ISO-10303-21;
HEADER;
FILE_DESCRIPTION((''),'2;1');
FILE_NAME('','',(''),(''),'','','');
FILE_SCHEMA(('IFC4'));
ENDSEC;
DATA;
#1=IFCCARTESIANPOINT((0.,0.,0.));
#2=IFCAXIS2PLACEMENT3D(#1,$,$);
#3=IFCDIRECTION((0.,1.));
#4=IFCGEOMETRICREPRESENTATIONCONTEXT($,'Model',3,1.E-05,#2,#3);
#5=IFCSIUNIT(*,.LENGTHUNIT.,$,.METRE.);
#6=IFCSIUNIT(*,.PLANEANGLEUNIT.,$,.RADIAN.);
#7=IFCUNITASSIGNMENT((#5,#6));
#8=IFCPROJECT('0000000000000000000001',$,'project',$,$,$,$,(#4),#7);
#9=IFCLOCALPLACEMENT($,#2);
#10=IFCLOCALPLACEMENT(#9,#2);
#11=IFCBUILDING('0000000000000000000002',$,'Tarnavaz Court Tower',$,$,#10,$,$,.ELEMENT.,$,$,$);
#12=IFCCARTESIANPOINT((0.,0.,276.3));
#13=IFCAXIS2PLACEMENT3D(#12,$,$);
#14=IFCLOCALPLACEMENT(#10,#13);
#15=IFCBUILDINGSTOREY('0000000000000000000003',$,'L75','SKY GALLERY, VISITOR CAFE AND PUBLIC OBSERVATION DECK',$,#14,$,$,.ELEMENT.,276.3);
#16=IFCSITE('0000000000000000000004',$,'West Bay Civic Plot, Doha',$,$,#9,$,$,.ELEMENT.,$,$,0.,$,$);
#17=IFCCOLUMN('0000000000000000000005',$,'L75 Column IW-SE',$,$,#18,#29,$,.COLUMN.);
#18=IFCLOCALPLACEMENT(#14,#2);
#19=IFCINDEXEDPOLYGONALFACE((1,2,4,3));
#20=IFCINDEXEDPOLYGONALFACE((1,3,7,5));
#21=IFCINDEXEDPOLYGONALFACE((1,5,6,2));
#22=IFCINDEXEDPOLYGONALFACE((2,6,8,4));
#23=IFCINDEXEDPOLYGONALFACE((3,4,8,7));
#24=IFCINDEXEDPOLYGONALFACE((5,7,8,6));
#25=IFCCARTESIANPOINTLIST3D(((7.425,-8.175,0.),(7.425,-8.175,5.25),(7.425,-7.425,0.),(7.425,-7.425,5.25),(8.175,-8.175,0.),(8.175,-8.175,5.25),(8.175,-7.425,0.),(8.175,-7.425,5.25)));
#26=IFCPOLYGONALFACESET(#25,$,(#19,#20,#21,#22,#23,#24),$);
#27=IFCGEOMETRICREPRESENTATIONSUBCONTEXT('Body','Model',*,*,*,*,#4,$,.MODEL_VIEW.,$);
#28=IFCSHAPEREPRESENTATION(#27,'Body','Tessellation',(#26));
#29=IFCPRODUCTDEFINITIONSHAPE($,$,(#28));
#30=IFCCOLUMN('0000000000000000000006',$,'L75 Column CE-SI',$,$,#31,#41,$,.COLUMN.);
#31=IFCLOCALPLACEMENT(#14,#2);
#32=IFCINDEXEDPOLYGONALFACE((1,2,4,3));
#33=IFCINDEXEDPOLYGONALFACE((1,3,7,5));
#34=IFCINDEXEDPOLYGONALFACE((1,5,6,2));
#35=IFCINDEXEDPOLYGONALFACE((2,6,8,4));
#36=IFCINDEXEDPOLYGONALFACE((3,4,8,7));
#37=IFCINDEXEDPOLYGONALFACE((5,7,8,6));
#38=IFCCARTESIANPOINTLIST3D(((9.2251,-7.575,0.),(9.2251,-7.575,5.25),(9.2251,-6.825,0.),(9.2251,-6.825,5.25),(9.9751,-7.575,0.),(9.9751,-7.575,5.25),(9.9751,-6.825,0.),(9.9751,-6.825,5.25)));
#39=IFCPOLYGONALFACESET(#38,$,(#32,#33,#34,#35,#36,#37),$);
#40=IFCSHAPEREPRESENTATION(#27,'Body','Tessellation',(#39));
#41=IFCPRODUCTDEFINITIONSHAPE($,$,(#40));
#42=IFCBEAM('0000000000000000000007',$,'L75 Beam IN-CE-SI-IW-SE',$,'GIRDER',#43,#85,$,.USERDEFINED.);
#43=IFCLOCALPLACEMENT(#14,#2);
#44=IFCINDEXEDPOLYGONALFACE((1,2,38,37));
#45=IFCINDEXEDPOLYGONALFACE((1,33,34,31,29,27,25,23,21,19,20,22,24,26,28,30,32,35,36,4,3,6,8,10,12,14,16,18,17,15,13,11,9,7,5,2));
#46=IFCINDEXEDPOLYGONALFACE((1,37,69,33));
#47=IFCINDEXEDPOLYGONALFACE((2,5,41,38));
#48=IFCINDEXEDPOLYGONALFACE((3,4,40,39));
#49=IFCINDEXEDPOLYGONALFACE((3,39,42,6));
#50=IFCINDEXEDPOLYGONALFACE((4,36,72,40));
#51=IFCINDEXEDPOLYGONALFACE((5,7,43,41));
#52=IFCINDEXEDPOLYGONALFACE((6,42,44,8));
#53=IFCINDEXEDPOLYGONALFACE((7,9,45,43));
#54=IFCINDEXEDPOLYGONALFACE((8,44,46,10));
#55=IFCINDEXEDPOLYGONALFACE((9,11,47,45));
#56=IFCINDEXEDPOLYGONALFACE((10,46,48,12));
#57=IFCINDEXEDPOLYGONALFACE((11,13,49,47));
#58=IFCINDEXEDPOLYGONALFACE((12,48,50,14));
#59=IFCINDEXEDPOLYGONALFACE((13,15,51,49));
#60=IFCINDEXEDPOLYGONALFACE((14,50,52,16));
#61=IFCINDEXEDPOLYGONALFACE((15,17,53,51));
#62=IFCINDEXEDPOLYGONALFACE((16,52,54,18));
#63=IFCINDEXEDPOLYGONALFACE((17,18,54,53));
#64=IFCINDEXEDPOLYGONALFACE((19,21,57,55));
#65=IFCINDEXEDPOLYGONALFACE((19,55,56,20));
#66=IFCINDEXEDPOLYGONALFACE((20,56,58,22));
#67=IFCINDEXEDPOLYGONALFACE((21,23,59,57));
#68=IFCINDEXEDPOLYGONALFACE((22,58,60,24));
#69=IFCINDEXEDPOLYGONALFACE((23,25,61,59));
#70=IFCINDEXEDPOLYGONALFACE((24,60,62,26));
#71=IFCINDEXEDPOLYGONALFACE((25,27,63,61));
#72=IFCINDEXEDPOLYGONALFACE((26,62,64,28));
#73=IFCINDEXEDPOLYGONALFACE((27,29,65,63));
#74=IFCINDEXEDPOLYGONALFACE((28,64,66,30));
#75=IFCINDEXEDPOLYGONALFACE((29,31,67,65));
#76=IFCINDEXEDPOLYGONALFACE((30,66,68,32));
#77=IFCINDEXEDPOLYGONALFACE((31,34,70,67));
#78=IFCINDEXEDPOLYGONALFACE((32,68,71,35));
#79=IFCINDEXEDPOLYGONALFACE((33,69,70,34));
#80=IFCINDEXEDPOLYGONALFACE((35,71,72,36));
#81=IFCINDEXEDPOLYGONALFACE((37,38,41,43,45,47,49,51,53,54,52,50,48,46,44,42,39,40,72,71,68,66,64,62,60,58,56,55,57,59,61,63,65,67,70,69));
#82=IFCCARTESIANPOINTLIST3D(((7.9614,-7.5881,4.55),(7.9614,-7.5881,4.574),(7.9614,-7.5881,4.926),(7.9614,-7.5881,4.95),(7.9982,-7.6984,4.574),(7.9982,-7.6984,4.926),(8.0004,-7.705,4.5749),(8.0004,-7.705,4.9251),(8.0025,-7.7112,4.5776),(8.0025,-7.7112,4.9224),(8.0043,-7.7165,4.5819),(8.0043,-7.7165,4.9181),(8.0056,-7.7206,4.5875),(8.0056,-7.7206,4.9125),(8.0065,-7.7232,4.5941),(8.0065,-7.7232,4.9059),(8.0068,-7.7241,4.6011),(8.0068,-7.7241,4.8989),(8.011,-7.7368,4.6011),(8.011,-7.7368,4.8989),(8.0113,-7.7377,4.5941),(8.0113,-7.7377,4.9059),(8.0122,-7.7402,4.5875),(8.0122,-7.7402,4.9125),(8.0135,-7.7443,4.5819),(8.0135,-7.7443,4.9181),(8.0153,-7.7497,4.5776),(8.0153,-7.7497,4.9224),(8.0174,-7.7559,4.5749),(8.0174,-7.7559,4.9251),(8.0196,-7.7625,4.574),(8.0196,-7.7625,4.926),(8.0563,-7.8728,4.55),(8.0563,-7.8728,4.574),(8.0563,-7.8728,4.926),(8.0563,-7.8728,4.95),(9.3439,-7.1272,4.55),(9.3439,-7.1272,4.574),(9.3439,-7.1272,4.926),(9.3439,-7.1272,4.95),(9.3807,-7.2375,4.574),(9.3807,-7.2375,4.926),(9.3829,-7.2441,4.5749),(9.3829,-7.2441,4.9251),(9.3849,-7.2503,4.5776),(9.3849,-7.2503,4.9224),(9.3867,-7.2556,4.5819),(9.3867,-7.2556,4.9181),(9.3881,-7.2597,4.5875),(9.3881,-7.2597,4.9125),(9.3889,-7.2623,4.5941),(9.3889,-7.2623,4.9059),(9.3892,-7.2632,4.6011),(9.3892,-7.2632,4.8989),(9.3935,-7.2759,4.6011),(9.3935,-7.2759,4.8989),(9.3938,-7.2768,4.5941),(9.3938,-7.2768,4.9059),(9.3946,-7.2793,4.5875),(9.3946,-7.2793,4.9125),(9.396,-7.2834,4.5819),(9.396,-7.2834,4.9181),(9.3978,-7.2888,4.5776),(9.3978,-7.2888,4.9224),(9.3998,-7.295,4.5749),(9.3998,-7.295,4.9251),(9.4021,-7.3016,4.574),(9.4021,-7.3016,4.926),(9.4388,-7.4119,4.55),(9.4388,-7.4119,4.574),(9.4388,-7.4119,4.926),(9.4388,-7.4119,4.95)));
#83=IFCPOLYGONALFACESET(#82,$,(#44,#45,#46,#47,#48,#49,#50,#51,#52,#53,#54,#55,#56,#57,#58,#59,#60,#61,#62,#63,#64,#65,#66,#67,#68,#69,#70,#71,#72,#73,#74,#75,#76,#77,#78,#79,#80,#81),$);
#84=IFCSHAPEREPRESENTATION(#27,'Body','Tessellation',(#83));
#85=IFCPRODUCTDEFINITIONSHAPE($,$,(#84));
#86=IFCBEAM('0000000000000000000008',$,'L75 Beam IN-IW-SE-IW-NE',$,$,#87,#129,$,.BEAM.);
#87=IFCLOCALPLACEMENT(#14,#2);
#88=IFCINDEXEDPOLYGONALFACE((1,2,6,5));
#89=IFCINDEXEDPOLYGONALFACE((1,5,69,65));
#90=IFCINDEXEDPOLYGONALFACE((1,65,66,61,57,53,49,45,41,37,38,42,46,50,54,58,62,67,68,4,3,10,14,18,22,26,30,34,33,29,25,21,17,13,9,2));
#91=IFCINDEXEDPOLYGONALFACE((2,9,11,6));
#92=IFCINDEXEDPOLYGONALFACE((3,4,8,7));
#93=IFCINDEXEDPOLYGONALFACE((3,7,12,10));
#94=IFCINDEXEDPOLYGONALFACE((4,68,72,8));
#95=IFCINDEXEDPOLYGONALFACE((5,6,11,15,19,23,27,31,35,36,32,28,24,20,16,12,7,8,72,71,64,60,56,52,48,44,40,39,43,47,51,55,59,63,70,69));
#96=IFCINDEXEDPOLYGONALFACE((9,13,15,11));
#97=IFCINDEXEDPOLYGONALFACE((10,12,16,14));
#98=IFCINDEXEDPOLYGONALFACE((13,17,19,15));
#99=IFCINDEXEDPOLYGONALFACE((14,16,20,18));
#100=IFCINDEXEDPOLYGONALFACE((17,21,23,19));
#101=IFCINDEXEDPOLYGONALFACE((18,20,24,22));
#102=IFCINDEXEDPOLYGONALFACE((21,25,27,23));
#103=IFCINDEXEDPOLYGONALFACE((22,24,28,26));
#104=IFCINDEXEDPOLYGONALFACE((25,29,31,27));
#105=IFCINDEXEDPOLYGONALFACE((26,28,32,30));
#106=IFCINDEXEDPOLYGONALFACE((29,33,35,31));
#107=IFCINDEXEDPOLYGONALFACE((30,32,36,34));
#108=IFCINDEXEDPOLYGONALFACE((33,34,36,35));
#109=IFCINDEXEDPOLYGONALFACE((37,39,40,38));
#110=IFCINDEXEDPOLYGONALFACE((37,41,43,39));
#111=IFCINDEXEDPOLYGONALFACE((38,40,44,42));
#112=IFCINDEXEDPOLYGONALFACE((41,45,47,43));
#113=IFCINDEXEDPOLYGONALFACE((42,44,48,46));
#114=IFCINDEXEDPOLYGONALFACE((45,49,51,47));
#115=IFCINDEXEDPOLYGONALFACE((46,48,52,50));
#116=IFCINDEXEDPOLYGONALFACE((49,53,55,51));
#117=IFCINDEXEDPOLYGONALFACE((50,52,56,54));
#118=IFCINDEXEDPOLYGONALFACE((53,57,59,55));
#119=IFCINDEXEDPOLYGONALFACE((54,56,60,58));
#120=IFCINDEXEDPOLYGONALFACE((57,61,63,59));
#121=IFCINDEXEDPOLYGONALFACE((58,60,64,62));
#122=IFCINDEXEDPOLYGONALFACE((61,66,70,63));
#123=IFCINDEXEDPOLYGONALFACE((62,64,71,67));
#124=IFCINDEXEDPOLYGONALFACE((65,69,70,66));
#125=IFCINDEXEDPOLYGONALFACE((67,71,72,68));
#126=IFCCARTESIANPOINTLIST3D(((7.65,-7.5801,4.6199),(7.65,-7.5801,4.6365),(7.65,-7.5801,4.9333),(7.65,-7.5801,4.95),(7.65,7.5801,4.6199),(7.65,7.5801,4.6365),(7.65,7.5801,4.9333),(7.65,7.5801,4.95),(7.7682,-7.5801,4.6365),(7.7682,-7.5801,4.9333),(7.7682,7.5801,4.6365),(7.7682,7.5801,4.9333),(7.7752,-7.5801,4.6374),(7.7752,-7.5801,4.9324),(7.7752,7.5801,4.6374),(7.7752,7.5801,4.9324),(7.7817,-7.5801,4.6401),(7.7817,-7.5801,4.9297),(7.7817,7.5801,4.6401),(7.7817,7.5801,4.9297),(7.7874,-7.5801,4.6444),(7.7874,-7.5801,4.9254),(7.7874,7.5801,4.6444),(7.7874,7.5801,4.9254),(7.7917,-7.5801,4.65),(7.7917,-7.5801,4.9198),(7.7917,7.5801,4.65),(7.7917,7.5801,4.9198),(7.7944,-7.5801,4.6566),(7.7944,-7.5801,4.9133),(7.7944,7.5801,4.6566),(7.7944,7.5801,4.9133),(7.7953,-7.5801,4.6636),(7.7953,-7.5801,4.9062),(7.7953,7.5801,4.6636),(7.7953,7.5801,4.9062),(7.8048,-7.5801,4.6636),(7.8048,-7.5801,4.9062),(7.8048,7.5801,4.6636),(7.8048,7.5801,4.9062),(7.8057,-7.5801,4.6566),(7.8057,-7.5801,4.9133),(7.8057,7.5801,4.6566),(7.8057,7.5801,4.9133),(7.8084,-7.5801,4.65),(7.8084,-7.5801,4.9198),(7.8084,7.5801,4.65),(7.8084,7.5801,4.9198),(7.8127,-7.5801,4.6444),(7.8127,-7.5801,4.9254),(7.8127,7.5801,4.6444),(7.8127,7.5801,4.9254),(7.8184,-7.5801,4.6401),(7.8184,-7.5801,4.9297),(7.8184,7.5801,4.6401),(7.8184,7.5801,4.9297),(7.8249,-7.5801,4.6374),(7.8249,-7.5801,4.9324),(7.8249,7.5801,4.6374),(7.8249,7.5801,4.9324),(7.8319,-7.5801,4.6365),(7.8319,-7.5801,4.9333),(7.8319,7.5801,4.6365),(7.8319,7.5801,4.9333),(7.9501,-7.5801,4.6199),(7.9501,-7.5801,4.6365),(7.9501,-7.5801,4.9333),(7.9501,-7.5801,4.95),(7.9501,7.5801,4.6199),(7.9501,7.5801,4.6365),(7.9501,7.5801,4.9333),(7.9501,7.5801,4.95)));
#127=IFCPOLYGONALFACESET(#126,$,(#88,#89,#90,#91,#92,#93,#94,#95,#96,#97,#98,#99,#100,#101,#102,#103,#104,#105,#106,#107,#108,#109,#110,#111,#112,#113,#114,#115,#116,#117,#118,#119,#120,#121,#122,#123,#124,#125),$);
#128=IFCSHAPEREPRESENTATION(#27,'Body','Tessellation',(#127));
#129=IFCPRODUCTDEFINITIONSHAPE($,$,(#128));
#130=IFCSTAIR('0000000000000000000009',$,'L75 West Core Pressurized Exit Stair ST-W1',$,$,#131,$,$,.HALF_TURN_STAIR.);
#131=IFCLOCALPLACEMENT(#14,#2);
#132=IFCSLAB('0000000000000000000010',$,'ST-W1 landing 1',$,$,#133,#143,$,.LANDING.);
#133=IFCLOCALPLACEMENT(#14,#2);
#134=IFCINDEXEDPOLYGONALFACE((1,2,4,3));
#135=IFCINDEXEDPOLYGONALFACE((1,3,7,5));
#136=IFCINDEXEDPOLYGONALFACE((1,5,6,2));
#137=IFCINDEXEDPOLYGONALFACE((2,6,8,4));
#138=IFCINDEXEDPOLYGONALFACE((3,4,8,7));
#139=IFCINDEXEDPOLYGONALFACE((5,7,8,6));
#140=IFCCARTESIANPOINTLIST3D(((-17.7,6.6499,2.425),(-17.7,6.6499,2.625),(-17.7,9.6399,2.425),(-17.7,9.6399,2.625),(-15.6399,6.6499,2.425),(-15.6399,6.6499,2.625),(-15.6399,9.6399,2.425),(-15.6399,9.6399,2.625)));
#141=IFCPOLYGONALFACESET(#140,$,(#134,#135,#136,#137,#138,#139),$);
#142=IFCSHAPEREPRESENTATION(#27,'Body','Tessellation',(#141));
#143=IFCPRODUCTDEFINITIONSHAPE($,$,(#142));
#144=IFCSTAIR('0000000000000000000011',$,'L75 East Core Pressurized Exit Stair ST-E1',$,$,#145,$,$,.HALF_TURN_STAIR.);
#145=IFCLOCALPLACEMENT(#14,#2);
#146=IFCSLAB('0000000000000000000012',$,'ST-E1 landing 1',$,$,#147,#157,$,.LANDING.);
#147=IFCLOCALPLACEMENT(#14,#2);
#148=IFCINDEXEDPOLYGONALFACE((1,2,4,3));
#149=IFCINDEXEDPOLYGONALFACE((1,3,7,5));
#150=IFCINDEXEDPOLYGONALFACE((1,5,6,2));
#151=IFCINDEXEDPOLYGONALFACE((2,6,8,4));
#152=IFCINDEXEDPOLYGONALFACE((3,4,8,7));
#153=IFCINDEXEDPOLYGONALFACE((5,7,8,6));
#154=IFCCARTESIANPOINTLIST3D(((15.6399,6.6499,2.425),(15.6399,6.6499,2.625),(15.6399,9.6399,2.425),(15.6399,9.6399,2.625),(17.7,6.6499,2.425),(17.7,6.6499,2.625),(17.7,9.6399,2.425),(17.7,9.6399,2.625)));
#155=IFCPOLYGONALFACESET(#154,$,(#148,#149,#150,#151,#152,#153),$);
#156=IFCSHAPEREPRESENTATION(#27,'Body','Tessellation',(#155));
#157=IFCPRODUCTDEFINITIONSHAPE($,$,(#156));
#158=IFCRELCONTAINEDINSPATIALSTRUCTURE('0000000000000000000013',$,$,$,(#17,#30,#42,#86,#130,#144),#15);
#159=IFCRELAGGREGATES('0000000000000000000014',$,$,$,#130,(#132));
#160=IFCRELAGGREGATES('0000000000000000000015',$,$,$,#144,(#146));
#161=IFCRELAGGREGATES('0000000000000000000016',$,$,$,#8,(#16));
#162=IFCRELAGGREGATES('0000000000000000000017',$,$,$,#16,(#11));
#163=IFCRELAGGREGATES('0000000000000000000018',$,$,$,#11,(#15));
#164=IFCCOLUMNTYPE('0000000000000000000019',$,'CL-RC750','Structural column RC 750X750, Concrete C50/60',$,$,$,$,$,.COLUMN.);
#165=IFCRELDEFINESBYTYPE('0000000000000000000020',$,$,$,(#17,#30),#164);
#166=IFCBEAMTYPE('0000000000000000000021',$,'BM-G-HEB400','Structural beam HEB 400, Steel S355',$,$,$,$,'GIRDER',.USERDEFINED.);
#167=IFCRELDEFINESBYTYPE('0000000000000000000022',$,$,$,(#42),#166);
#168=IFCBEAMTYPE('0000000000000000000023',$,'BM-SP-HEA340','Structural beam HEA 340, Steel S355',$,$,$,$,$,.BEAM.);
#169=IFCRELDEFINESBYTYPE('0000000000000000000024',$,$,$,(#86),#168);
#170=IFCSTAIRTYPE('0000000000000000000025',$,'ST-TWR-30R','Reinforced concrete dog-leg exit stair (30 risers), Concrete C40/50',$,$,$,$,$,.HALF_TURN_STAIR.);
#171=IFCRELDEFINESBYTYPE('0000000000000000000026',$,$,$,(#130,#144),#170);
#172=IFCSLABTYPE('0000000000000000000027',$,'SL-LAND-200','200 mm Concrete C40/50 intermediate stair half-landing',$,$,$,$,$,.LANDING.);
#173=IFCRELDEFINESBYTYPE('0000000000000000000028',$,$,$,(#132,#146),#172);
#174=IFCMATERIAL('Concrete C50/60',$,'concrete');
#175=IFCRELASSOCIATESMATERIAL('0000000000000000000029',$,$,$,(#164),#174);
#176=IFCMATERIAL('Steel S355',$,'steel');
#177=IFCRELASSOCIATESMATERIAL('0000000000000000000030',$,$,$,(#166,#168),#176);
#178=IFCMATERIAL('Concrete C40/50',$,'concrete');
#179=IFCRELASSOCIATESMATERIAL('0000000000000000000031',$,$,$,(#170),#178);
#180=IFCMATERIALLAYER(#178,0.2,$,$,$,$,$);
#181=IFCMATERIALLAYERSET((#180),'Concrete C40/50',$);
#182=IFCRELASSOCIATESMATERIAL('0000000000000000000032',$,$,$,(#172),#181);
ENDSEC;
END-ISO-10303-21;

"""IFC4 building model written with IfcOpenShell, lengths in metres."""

from ifc_helpers import new_model, si_unit, direction, frame, origin, origin_2d, place, context, subcontext, project, spatial, polyline, rectangle, i_section, outline, extrude, material, layer, layer_set, material_profile, profile_set, type_object, element, aggregate, save


model = new_model("IFC4")

# Units and contexts
model_context = context("Model", 3, precision=1e-05, world=origin(), true_north=direction((0.0, 1.0)))
body_context = subcontext(model_context, "Body", "Model", "MODEL_VIEW")
ifc_project = project(units=[si_unit("LENGTHUNIT", "METRE"), si_unit("PLANEANGLEUNIT", "RADIAN")], contexts=[model_context])

# Site, building, storey
site_placement = place(None, origin())
site = spatial("IfcSite", under=ifc_project, at=site_placement, Name="West Bay Civic Plot, Doha", CompositionType="ELEMENT", RefElevation=0.0)
building_placement = place(site_placement, origin())
building = spatial("IfcBuilding", under=site, at=building_placement, Name="Tarnavaz Court Tower", CompositionType="ELEMENT")
storey_placement = place(building_placement, frame((0.0, 0.0, 276.3)))
storey = spatial("IfcBuildingStorey", under=building, at=storey_placement, Name="L75", Description="SKY GALLERY, VISITOR CAFE AND PUBLIC OBSERVATION DECK", CompositionType="ELEMENT", Elevation=276.3)

# Columns
ifc_material_1 = material(Name="Concrete C50/60", Category="concrete")
ifc_material_profile_1 = material_profile(ifc_material_1, rectangle(XDim=0.75, YDim=0.75, at=origin_2d()), Name="RC 750X750")
ifc_profile_set_1 = profile_set([ifc_material_profile_1], Name="Concrete C50/60")
column_type = type_object("IfcColumnType", Name="CL-RC750", Description="Structural column RC 750X750, Concrete C50/60", PredefinedType="COLUMN", material=ifc_profile_set_1)
for number, where, z_axis, x_axis, name in (
    (1, (7.8, -7.8, 0.0), (0.0, 0.0, 1.0), (1.0, 0.0, 0.0), "L75 Column IW-SE"),
    (2, (9.6001, -7.2, 0.0), (0.0, 0.0, 1.0), (1.0, 0.0, 0.0), "L75 Column CE-SI"),
):
    element("IfcColumn", number, at=place(storey_placement, frame(where, z_axis=z_axis, x_axis=x_axis)), inside=storey, type_object=column_type, Name=name, PredefinedType="COLUMN", context=body_context, shape_type="SweptSolid", body=[
        extrude(rectangle(XDim=0.75, YDim=0.75, at=origin_2d()), origin(), (0.0, 0.0, 1.0), 5.25),
    ])

# Beams
ifc_material_2 = material(Name="Steel S355", Category="steel")
ifc_material_profile_2 = material_profile(ifc_material_2, i_section(OverallWidth=0.3, OverallDepth=0.3999, WebThickness=0.0134, FlangeThickness=0.0239, FilletRadius=0.0271, at=origin_2d()), Name="HEB 400")
ifc_profile_set_2 = profile_set([ifc_material_profile_2], Name="Steel S355")
beam_type_1 = type_object("IfcBeamType", Name="BM-G-HEB400", Description="Structural beam HEB 400, Steel S355", ElementType="GIRDER", PredefinedType="USERDEFINED", material=ifc_profile_set_2)
beam_1_placement = place(storey_placement, frame((9.3914, -7.2695, 4.75), z_axis=(-0.948667, -0.316278, 0.0), x_axis=(0.316278, -0.948667, 0.0)))
element("IfcBeam", 3, at=beam_1_placement, inside=storey, type_object=beam_type_1, Name="L75 Beam IN-CE-SI-IW-SE", ObjectType="GIRDER", PredefinedType="USERDEFINED", context=body_context, shape_type="SweptSolid", body=[
    extrude(i_section(OverallWidth=0.3, OverallDepth=0.3999, WebThickness=0.0134, FlangeThickness=0.0239, FilletRadius=0.0271, at=origin_2d()), origin(), (0.0, 0.0, 1.0), 1.4573),
])
ifc_material_profile_3 = material_profile(ifc_material_2, i_section(OverallWidth=0.3, OverallDepth=0.3301, WebThickness=0.0095, FlangeThickness=0.0166, FilletRadius=0.0271, at=origin_2d()), Name="HEA 340")
ifc_profile_set_3 = profile_set([ifc_material_profile_3], Name="Steel S355")
beam_type_2 = type_object("IfcBeamType", Name="BM-SP-HEA340", Description="Structural beam HEA 340, Steel S355", PredefinedType="BEAM", material=ifc_profile_set_3)
beam_2_placement = place(storey_placement, frame((7.8, -7.5801, 4.7849), z_axis=(0.0, 1.0, 0.0), x_axis=(-1.0, 0.0, 0.0)))
element("IfcBeam", 4, at=beam_2_placement, inside=storey, type_object=beam_type_2, Name="L75 Beam IN-IW-SE-IW-NE", PredefinedType="BEAM", context=body_context, shape_type="SweptSolid", body=[
    extrude(i_section(OverallWidth=0.3, OverallDepth=0.3301, WebThickness=0.0095, FlangeThickness=0.0166, FilletRadius=0.0271, at=origin_2d()), origin(), (0.0, 0.0, 1.0), 15.1602),
])

# Stairs, slabs
ifc_material_3 = material(Name="Concrete C40/50", Category="concrete")
stair_type = type_object("IfcStairType", Name="ST-TWR-30R", Description="Reinforced concrete dog-leg exit stair (30 risers), Concrete C40/50", PredefinedType="HALF_TURN_STAIR", material=ifc_material_3)
stair_1_placement = place(storey_placement, origin())
stair_1 = element("IfcStair", 5, at=stair_1_placement, inside=storey, type_object=stair_type, Name="L75 West Core Pressurized Exit Stair ST-W1", PredefinedType="HALF_TURN_STAIR")
ifc_layer_1 = layer(ifc_material_3, 0.2)
ifc_layer_set_1 = layer_set([ifc_layer_1], Name="Concrete C40/50")
slab_type_1 = type_object("IfcSlabType", Name="SL-LAND-200", Description="200 mm Concrete C40/50 intermediate stair half-landing", PredefinedType="LANDING", material=ifc_layer_set_1)
slab_1_placement = place(storey_placement, frame((0.0, 0.0, 2.425)))
slab_1 = element("IfcSlab", 6, at=slab_1_placement, type_object=slab_type_1, Name="ST-W1 landing 1", PredefinedType="LANDING", context=body_context, shape_type="SweptSolid", body=[
    extrude(outline(polyline([(-15.6399, 9.6399), (-17.7, 9.6399), (-17.7, 6.6499), (-15.6399, 6.6499), (-15.6399, 9.6399)])), origin(), (0.0, 0.0, 1.0), 0.2),
])
aggregate(stair_1, [slab_1])
stair_2_placement = place(storey_placement, origin())
stair_2 = element("IfcStair", 7, at=stair_2_placement, inside=storey, type_object=stair_type, Name="L75 East Core Pressurized Exit Stair ST-E1", PredefinedType="HALF_TURN_STAIR")
slab_2_placement = place(storey_placement, frame((0.0, 0.0, 2.425)))
slab_2 = element("IfcSlab", 8, at=slab_2_placement, type_object=slab_type_1, Name="ST-E1 landing 1", PredefinedType="LANDING", context=body_context, shape_type="SweptSolid", body=[
    extrude(outline(polyline([(15.6399, 6.6499), (17.7, 6.6499), (17.7, 9.6399), (15.6399, 9.6399), (15.6399, 6.6499)])), origin(), (0.0, 0.0, 1.0), 0.2),
])
aggregate(stair_2, [slab_2])

save(model, "model.ifc")
